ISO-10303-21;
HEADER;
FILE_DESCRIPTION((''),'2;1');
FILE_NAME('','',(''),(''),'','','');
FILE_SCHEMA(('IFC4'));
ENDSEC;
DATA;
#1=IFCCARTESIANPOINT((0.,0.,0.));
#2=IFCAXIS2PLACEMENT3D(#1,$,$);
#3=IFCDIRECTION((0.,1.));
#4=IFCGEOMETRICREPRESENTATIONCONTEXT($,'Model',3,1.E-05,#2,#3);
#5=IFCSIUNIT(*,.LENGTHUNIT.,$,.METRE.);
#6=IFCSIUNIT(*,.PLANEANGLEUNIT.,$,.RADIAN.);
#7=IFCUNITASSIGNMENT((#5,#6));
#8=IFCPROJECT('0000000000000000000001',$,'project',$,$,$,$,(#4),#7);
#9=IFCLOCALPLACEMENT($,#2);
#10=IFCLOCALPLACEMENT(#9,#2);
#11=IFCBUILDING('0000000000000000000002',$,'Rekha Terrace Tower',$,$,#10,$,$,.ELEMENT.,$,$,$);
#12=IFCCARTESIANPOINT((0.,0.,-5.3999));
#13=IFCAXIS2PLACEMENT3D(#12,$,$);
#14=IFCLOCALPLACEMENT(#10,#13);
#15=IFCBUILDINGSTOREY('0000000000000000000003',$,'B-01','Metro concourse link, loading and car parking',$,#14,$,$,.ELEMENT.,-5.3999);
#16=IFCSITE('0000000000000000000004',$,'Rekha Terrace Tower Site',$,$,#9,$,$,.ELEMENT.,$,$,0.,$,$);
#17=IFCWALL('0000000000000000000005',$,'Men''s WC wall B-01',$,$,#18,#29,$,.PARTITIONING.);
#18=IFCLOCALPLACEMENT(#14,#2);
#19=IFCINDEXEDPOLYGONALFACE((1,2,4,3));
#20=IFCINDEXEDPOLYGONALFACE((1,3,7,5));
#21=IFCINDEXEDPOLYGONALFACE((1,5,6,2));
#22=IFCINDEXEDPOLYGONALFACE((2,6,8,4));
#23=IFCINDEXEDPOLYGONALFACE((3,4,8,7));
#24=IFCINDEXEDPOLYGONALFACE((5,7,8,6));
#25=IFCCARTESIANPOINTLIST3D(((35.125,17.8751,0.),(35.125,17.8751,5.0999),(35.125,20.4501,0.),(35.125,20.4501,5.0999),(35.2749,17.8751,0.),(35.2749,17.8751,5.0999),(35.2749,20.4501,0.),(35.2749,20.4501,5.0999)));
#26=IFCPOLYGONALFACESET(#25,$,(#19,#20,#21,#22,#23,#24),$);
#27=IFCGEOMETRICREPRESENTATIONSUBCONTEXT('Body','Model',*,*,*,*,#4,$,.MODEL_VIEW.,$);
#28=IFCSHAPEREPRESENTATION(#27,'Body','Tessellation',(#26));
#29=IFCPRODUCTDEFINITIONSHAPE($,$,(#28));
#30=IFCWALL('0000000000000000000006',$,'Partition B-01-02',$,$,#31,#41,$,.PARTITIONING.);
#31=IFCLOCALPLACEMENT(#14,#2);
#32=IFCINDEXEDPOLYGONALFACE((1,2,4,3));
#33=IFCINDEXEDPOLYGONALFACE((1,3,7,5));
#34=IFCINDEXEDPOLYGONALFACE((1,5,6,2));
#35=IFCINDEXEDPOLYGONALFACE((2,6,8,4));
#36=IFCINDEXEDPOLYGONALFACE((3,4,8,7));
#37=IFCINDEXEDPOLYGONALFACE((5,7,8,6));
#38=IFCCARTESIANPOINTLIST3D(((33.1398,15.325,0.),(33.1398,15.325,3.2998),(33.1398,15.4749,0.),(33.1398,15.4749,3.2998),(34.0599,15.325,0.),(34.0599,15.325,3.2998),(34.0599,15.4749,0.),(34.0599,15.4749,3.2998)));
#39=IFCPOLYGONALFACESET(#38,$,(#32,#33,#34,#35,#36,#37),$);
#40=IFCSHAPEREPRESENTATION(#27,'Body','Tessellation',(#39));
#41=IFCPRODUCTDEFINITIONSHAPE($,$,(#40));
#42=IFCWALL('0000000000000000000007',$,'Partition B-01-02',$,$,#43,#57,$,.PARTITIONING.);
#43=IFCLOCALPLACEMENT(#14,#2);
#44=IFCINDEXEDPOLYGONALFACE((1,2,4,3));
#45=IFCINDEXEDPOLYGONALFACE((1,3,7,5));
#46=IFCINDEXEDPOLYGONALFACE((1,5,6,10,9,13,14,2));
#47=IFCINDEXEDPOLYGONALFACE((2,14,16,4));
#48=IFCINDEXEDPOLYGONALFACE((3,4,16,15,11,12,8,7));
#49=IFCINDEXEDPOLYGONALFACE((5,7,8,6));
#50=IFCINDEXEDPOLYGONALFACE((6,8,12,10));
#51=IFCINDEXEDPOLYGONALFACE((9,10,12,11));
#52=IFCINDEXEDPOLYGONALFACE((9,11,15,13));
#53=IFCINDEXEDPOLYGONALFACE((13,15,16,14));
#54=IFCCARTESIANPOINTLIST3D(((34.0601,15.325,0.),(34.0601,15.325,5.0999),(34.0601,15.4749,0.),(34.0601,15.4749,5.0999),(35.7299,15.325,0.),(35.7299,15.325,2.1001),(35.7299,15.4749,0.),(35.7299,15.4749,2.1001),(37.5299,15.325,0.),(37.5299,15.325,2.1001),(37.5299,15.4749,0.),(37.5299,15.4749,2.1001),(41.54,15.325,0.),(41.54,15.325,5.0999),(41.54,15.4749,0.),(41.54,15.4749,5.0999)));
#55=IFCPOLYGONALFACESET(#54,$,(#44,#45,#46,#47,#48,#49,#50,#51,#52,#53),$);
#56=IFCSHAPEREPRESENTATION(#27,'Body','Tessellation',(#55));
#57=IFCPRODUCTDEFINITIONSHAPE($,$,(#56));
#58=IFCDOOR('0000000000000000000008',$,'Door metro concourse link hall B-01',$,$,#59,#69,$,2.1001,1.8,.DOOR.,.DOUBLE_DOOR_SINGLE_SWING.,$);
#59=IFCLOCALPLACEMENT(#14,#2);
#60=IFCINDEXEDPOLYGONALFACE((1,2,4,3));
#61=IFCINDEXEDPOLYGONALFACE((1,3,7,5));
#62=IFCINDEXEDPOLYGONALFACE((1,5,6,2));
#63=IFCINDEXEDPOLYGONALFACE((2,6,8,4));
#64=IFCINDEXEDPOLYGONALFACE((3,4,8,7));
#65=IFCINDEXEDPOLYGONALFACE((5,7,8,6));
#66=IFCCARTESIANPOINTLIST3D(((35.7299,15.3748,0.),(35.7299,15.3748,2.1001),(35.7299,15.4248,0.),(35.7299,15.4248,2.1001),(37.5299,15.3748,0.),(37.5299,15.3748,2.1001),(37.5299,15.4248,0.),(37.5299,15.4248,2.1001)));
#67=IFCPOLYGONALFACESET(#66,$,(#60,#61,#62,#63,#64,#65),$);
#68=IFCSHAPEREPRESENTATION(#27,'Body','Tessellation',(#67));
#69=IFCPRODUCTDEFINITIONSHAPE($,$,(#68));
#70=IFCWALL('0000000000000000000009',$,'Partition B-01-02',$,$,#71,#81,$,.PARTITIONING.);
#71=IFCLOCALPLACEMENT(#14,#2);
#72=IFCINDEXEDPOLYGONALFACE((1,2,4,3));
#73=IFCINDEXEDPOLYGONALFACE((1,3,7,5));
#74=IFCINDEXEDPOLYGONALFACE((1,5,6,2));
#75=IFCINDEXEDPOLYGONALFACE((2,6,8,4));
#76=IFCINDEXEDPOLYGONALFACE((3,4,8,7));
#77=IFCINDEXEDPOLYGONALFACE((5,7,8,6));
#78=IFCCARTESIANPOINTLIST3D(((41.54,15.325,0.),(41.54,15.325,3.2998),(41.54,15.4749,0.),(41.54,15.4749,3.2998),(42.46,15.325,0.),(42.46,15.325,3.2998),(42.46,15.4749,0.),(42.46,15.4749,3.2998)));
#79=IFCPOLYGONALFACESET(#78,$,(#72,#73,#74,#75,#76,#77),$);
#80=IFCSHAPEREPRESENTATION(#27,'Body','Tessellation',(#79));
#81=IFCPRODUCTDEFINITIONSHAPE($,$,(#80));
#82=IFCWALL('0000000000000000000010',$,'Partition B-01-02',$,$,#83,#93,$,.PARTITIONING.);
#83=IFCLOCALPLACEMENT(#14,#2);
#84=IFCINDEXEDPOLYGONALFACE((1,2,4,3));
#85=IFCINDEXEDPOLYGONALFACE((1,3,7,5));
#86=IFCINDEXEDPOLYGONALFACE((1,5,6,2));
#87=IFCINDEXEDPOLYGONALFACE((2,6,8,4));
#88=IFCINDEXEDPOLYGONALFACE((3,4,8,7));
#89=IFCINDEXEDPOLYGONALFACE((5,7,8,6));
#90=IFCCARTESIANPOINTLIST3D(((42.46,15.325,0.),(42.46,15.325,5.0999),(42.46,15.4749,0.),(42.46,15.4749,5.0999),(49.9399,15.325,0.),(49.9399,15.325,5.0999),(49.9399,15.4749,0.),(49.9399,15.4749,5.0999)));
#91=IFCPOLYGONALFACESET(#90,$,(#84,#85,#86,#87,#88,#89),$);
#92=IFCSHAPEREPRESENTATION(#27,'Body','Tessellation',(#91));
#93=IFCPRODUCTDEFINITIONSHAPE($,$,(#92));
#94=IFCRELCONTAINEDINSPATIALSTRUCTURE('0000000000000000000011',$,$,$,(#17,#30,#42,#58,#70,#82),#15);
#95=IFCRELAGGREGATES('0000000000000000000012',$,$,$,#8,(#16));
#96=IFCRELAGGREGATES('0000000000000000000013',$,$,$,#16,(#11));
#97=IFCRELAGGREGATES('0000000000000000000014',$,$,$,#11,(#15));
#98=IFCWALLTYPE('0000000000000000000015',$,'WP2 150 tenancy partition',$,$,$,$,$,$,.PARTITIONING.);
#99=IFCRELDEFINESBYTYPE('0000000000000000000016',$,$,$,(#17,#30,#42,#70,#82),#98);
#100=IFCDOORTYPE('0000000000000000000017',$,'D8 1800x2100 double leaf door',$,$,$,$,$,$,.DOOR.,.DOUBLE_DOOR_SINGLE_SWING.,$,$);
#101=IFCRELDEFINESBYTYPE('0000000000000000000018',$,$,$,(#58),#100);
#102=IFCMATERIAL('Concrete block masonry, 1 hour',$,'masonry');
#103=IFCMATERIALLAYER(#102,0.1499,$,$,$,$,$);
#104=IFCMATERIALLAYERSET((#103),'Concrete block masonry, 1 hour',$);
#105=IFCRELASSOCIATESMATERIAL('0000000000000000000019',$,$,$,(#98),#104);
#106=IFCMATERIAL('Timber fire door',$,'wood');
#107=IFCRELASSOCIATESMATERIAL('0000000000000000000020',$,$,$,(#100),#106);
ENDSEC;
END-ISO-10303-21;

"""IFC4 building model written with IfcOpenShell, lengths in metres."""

from ifc_helpers import new_model, si_unit, direction, frame, frame_2d, origin, place, context, subcontext, project, spatial, rectangle, extrude, material, layer, layer_set, type_object, element, fill, save


model = new_model("IFC4")

# Units and contexts
model_context = context("Model", 3, precision=1e-05, world=origin(), true_north=direction((0.0, 1.0)))
body_context = subcontext(model_context, "Body", "Model", "MODEL_VIEW")
ifc_project = project(units=[si_unit("LENGTHUNIT", "METRE"), si_unit("PLANEANGLEUNIT", "RADIAN")], contexts=[model_context])

# Site, building, storey
site_placement = place(None, origin())
site = spatial("IfcSite", under=ifc_project, at=site_placement, Name="Rekha Terrace Tower Site", CompositionType="ELEMENT", RefElevation=0.0)
building_placement = place(site_placement, origin())
building = spatial("IfcBuilding", under=site, at=building_placement, Name="Rekha Terrace Tower", CompositionType="ELEMENT")
storey_placement = place(building_placement, frame((0.0, 0.0, -5.3999)))
storey = spatial("IfcBuildingStorey", under=building, at=storey_placement, Name="B-01", Description="Metro concourse link, loading and car parking", CompositionType="ELEMENT", Elevation=-5.3999)

# Walls
ifc_material_1 = material(Name="Concrete block masonry, 1 hour", Category="masonry")
ifc_layer_1 = layer(ifc_material_1, 0.1499)
ifc_layer_set_1 = layer_set([ifc_layer_1], Name="Concrete block masonry, 1 hour")
wall_type_1 = type_object("IfcWallType", Name="WP2 150 tenancy partition", PredefinedType="PARTITIONING", material=ifc_layer_set_1)
wall_1_placement = place(storey_placement, frame((35.2, 17.875, 0.0), z_axis=(0.0, 0.0, 1.0), x_axis=(0.0, 1.0, 0.0)))
element("IfcWall", 1, at=wall_1_placement, inside=storey, type_object=wall_type_1, Name="Men's WC wall B-01", PredefinedType="PARTITIONING", context=body_context, shape_type="SweptSolid", body=[
    extrude(rectangle(XDim=2.575, YDim=0.1499, at=frame_2d((1.2876, 0.0))), origin(), (0.0, 0.0, 1.0), 5.0999),
])
wall_2_placement = place(storey_placement, frame((33.1399, 15.3999, 0.0), z_axis=(0.0, 0.0, 1.0), x_axis=(1.0, 0.0, 0.0)))
element("IfcWall", 2, at=wall_2_placement, inside=storey, type_object=wall_type_1, Name="Partition B-01-02", PredefinedType="PARTITIONING", context=body_context, shape_type="SweptSolid", body=[
    extrude(rectangle(XDim=0.9202, YDim=0.1499, at=frame_2d((0.46, 0.0))), origin(), (0.0, 0.0, 1.0), 3.2998),
])

# Wall, opening, door
wall_3_placement = place(storey_placement, frame((34.0601, 15.3999, 0.0), z_axis=(0.0, 0.0, 1.0), x_axis=(1.0, 0.0, 0.0)))
wall_3 = element("IfcWall", 3, at=wall_3_placement, inside=storey, type_object=wall_type_1, Name="Partition B-01-02", PredefinedType="PARTITIONING", context=body_context, shape_type="SweptSolid", body=[
    extrude(rectangle(XDim=7.48, YDim=0.1499, at=frame_2d((3.74, 0.0))), origin(), (0.0, 0.0, 1.0), 5.0999),
])
opening_placement = place(wall_3_placement, frame((1.6699, 0.0, 0.0)))
opening = element("IfcOpeningElement", 4, at=opening_placement, cuts=wall_3, PredefinedType="OPENING", context=body_context, shape_type="SweptSolid", body=[
    extrude(rectangle(XDim=1.8, YDim=2.1001, at=frame_2d((0.8999, 1.05))), frame((0.0, 0.085, 0.0), z_axis=(0.0, -1.0, 0.0), x_axis=(1.0, 0.0, 0.0)), (0.0, 0.0, 1.0), 0.1699),
])
ifc_material_2 = material(Name="Timber fire door", Category="wood")
door_type = type_object("IfcDoorType", Name="D8 1800x2100 double leaf door", OperationType="DOUBLE_DOOR_SINGLE_SWING", PredefinedType="DOOR", material=ifc_material_2)
door_placement = place(opening_placement, origin())
door = element("IfcDoor", 5, at=door_placement, inside=storey, type_object=door_type, Name="Door metro concourse link hall B-01", OperationType="DOUBLE_DOOR_SINGLE_SWING", OverallHeight=2.1001, OverallWidth=1.8, PredefinedType="DOOR", context=body_context, shape_type="SweptSolid", body=[
    extrude(rectangle(XDim=1.8, YDim=2.1001, at=frame_2d((0.8999, 1.05))), frame((0.0, 0.0249, 0.0), z_axis=(0.0, -1.0, 0.0), x_axis=(1.0, 0.0, 0.0)), (0.0, 0.0, 1.0), 0.05),
])
fill(opening, door)

# Walls
wall_4_placement = place(storey_placement, frame((41.54, 15.3999, 0.0), z_axis=(0.0, 0.0, 1.0), x_axis=(1.0, 0.0, 0.0)))
element("IfcWall", 6, at=wall_4_placement, inside=storey, type_object=wall_type_1, Name="Partition B-01-02", PredefinedType="PARTITIONING", context=body_context, shape_type="SweptSolid", body=[
    extrude(rectangle(XDim=0.9199, YDim=0.1499, at=frame_2d((0.46, 0.0))), origin(), (0.0, 0.0, 1.0), 3.2998),
])
wall_5_placement = place(storey_placement, frame((42.46, 15.3999, 0.0), z_axis=(0.0, 0.0, 1.0), x_axis=(1.0, 0.0, 0.0)))
element("IfcWall", 7, at=wall_5_placement, inside=storey, type_object=wall_type_1, Name="Partition B-01-02", PredefinedType="PARTITIONING", context=body_context, shape_type="SweptSolid", body=[
    extrude(rectangle(XDim=7.48, YDim=0.1499, at=frame_2d((3.74, 0.0))), origin(), (0.0, 0.0, 1.0), 5.0999),
])

save(model, "model.ifc")
